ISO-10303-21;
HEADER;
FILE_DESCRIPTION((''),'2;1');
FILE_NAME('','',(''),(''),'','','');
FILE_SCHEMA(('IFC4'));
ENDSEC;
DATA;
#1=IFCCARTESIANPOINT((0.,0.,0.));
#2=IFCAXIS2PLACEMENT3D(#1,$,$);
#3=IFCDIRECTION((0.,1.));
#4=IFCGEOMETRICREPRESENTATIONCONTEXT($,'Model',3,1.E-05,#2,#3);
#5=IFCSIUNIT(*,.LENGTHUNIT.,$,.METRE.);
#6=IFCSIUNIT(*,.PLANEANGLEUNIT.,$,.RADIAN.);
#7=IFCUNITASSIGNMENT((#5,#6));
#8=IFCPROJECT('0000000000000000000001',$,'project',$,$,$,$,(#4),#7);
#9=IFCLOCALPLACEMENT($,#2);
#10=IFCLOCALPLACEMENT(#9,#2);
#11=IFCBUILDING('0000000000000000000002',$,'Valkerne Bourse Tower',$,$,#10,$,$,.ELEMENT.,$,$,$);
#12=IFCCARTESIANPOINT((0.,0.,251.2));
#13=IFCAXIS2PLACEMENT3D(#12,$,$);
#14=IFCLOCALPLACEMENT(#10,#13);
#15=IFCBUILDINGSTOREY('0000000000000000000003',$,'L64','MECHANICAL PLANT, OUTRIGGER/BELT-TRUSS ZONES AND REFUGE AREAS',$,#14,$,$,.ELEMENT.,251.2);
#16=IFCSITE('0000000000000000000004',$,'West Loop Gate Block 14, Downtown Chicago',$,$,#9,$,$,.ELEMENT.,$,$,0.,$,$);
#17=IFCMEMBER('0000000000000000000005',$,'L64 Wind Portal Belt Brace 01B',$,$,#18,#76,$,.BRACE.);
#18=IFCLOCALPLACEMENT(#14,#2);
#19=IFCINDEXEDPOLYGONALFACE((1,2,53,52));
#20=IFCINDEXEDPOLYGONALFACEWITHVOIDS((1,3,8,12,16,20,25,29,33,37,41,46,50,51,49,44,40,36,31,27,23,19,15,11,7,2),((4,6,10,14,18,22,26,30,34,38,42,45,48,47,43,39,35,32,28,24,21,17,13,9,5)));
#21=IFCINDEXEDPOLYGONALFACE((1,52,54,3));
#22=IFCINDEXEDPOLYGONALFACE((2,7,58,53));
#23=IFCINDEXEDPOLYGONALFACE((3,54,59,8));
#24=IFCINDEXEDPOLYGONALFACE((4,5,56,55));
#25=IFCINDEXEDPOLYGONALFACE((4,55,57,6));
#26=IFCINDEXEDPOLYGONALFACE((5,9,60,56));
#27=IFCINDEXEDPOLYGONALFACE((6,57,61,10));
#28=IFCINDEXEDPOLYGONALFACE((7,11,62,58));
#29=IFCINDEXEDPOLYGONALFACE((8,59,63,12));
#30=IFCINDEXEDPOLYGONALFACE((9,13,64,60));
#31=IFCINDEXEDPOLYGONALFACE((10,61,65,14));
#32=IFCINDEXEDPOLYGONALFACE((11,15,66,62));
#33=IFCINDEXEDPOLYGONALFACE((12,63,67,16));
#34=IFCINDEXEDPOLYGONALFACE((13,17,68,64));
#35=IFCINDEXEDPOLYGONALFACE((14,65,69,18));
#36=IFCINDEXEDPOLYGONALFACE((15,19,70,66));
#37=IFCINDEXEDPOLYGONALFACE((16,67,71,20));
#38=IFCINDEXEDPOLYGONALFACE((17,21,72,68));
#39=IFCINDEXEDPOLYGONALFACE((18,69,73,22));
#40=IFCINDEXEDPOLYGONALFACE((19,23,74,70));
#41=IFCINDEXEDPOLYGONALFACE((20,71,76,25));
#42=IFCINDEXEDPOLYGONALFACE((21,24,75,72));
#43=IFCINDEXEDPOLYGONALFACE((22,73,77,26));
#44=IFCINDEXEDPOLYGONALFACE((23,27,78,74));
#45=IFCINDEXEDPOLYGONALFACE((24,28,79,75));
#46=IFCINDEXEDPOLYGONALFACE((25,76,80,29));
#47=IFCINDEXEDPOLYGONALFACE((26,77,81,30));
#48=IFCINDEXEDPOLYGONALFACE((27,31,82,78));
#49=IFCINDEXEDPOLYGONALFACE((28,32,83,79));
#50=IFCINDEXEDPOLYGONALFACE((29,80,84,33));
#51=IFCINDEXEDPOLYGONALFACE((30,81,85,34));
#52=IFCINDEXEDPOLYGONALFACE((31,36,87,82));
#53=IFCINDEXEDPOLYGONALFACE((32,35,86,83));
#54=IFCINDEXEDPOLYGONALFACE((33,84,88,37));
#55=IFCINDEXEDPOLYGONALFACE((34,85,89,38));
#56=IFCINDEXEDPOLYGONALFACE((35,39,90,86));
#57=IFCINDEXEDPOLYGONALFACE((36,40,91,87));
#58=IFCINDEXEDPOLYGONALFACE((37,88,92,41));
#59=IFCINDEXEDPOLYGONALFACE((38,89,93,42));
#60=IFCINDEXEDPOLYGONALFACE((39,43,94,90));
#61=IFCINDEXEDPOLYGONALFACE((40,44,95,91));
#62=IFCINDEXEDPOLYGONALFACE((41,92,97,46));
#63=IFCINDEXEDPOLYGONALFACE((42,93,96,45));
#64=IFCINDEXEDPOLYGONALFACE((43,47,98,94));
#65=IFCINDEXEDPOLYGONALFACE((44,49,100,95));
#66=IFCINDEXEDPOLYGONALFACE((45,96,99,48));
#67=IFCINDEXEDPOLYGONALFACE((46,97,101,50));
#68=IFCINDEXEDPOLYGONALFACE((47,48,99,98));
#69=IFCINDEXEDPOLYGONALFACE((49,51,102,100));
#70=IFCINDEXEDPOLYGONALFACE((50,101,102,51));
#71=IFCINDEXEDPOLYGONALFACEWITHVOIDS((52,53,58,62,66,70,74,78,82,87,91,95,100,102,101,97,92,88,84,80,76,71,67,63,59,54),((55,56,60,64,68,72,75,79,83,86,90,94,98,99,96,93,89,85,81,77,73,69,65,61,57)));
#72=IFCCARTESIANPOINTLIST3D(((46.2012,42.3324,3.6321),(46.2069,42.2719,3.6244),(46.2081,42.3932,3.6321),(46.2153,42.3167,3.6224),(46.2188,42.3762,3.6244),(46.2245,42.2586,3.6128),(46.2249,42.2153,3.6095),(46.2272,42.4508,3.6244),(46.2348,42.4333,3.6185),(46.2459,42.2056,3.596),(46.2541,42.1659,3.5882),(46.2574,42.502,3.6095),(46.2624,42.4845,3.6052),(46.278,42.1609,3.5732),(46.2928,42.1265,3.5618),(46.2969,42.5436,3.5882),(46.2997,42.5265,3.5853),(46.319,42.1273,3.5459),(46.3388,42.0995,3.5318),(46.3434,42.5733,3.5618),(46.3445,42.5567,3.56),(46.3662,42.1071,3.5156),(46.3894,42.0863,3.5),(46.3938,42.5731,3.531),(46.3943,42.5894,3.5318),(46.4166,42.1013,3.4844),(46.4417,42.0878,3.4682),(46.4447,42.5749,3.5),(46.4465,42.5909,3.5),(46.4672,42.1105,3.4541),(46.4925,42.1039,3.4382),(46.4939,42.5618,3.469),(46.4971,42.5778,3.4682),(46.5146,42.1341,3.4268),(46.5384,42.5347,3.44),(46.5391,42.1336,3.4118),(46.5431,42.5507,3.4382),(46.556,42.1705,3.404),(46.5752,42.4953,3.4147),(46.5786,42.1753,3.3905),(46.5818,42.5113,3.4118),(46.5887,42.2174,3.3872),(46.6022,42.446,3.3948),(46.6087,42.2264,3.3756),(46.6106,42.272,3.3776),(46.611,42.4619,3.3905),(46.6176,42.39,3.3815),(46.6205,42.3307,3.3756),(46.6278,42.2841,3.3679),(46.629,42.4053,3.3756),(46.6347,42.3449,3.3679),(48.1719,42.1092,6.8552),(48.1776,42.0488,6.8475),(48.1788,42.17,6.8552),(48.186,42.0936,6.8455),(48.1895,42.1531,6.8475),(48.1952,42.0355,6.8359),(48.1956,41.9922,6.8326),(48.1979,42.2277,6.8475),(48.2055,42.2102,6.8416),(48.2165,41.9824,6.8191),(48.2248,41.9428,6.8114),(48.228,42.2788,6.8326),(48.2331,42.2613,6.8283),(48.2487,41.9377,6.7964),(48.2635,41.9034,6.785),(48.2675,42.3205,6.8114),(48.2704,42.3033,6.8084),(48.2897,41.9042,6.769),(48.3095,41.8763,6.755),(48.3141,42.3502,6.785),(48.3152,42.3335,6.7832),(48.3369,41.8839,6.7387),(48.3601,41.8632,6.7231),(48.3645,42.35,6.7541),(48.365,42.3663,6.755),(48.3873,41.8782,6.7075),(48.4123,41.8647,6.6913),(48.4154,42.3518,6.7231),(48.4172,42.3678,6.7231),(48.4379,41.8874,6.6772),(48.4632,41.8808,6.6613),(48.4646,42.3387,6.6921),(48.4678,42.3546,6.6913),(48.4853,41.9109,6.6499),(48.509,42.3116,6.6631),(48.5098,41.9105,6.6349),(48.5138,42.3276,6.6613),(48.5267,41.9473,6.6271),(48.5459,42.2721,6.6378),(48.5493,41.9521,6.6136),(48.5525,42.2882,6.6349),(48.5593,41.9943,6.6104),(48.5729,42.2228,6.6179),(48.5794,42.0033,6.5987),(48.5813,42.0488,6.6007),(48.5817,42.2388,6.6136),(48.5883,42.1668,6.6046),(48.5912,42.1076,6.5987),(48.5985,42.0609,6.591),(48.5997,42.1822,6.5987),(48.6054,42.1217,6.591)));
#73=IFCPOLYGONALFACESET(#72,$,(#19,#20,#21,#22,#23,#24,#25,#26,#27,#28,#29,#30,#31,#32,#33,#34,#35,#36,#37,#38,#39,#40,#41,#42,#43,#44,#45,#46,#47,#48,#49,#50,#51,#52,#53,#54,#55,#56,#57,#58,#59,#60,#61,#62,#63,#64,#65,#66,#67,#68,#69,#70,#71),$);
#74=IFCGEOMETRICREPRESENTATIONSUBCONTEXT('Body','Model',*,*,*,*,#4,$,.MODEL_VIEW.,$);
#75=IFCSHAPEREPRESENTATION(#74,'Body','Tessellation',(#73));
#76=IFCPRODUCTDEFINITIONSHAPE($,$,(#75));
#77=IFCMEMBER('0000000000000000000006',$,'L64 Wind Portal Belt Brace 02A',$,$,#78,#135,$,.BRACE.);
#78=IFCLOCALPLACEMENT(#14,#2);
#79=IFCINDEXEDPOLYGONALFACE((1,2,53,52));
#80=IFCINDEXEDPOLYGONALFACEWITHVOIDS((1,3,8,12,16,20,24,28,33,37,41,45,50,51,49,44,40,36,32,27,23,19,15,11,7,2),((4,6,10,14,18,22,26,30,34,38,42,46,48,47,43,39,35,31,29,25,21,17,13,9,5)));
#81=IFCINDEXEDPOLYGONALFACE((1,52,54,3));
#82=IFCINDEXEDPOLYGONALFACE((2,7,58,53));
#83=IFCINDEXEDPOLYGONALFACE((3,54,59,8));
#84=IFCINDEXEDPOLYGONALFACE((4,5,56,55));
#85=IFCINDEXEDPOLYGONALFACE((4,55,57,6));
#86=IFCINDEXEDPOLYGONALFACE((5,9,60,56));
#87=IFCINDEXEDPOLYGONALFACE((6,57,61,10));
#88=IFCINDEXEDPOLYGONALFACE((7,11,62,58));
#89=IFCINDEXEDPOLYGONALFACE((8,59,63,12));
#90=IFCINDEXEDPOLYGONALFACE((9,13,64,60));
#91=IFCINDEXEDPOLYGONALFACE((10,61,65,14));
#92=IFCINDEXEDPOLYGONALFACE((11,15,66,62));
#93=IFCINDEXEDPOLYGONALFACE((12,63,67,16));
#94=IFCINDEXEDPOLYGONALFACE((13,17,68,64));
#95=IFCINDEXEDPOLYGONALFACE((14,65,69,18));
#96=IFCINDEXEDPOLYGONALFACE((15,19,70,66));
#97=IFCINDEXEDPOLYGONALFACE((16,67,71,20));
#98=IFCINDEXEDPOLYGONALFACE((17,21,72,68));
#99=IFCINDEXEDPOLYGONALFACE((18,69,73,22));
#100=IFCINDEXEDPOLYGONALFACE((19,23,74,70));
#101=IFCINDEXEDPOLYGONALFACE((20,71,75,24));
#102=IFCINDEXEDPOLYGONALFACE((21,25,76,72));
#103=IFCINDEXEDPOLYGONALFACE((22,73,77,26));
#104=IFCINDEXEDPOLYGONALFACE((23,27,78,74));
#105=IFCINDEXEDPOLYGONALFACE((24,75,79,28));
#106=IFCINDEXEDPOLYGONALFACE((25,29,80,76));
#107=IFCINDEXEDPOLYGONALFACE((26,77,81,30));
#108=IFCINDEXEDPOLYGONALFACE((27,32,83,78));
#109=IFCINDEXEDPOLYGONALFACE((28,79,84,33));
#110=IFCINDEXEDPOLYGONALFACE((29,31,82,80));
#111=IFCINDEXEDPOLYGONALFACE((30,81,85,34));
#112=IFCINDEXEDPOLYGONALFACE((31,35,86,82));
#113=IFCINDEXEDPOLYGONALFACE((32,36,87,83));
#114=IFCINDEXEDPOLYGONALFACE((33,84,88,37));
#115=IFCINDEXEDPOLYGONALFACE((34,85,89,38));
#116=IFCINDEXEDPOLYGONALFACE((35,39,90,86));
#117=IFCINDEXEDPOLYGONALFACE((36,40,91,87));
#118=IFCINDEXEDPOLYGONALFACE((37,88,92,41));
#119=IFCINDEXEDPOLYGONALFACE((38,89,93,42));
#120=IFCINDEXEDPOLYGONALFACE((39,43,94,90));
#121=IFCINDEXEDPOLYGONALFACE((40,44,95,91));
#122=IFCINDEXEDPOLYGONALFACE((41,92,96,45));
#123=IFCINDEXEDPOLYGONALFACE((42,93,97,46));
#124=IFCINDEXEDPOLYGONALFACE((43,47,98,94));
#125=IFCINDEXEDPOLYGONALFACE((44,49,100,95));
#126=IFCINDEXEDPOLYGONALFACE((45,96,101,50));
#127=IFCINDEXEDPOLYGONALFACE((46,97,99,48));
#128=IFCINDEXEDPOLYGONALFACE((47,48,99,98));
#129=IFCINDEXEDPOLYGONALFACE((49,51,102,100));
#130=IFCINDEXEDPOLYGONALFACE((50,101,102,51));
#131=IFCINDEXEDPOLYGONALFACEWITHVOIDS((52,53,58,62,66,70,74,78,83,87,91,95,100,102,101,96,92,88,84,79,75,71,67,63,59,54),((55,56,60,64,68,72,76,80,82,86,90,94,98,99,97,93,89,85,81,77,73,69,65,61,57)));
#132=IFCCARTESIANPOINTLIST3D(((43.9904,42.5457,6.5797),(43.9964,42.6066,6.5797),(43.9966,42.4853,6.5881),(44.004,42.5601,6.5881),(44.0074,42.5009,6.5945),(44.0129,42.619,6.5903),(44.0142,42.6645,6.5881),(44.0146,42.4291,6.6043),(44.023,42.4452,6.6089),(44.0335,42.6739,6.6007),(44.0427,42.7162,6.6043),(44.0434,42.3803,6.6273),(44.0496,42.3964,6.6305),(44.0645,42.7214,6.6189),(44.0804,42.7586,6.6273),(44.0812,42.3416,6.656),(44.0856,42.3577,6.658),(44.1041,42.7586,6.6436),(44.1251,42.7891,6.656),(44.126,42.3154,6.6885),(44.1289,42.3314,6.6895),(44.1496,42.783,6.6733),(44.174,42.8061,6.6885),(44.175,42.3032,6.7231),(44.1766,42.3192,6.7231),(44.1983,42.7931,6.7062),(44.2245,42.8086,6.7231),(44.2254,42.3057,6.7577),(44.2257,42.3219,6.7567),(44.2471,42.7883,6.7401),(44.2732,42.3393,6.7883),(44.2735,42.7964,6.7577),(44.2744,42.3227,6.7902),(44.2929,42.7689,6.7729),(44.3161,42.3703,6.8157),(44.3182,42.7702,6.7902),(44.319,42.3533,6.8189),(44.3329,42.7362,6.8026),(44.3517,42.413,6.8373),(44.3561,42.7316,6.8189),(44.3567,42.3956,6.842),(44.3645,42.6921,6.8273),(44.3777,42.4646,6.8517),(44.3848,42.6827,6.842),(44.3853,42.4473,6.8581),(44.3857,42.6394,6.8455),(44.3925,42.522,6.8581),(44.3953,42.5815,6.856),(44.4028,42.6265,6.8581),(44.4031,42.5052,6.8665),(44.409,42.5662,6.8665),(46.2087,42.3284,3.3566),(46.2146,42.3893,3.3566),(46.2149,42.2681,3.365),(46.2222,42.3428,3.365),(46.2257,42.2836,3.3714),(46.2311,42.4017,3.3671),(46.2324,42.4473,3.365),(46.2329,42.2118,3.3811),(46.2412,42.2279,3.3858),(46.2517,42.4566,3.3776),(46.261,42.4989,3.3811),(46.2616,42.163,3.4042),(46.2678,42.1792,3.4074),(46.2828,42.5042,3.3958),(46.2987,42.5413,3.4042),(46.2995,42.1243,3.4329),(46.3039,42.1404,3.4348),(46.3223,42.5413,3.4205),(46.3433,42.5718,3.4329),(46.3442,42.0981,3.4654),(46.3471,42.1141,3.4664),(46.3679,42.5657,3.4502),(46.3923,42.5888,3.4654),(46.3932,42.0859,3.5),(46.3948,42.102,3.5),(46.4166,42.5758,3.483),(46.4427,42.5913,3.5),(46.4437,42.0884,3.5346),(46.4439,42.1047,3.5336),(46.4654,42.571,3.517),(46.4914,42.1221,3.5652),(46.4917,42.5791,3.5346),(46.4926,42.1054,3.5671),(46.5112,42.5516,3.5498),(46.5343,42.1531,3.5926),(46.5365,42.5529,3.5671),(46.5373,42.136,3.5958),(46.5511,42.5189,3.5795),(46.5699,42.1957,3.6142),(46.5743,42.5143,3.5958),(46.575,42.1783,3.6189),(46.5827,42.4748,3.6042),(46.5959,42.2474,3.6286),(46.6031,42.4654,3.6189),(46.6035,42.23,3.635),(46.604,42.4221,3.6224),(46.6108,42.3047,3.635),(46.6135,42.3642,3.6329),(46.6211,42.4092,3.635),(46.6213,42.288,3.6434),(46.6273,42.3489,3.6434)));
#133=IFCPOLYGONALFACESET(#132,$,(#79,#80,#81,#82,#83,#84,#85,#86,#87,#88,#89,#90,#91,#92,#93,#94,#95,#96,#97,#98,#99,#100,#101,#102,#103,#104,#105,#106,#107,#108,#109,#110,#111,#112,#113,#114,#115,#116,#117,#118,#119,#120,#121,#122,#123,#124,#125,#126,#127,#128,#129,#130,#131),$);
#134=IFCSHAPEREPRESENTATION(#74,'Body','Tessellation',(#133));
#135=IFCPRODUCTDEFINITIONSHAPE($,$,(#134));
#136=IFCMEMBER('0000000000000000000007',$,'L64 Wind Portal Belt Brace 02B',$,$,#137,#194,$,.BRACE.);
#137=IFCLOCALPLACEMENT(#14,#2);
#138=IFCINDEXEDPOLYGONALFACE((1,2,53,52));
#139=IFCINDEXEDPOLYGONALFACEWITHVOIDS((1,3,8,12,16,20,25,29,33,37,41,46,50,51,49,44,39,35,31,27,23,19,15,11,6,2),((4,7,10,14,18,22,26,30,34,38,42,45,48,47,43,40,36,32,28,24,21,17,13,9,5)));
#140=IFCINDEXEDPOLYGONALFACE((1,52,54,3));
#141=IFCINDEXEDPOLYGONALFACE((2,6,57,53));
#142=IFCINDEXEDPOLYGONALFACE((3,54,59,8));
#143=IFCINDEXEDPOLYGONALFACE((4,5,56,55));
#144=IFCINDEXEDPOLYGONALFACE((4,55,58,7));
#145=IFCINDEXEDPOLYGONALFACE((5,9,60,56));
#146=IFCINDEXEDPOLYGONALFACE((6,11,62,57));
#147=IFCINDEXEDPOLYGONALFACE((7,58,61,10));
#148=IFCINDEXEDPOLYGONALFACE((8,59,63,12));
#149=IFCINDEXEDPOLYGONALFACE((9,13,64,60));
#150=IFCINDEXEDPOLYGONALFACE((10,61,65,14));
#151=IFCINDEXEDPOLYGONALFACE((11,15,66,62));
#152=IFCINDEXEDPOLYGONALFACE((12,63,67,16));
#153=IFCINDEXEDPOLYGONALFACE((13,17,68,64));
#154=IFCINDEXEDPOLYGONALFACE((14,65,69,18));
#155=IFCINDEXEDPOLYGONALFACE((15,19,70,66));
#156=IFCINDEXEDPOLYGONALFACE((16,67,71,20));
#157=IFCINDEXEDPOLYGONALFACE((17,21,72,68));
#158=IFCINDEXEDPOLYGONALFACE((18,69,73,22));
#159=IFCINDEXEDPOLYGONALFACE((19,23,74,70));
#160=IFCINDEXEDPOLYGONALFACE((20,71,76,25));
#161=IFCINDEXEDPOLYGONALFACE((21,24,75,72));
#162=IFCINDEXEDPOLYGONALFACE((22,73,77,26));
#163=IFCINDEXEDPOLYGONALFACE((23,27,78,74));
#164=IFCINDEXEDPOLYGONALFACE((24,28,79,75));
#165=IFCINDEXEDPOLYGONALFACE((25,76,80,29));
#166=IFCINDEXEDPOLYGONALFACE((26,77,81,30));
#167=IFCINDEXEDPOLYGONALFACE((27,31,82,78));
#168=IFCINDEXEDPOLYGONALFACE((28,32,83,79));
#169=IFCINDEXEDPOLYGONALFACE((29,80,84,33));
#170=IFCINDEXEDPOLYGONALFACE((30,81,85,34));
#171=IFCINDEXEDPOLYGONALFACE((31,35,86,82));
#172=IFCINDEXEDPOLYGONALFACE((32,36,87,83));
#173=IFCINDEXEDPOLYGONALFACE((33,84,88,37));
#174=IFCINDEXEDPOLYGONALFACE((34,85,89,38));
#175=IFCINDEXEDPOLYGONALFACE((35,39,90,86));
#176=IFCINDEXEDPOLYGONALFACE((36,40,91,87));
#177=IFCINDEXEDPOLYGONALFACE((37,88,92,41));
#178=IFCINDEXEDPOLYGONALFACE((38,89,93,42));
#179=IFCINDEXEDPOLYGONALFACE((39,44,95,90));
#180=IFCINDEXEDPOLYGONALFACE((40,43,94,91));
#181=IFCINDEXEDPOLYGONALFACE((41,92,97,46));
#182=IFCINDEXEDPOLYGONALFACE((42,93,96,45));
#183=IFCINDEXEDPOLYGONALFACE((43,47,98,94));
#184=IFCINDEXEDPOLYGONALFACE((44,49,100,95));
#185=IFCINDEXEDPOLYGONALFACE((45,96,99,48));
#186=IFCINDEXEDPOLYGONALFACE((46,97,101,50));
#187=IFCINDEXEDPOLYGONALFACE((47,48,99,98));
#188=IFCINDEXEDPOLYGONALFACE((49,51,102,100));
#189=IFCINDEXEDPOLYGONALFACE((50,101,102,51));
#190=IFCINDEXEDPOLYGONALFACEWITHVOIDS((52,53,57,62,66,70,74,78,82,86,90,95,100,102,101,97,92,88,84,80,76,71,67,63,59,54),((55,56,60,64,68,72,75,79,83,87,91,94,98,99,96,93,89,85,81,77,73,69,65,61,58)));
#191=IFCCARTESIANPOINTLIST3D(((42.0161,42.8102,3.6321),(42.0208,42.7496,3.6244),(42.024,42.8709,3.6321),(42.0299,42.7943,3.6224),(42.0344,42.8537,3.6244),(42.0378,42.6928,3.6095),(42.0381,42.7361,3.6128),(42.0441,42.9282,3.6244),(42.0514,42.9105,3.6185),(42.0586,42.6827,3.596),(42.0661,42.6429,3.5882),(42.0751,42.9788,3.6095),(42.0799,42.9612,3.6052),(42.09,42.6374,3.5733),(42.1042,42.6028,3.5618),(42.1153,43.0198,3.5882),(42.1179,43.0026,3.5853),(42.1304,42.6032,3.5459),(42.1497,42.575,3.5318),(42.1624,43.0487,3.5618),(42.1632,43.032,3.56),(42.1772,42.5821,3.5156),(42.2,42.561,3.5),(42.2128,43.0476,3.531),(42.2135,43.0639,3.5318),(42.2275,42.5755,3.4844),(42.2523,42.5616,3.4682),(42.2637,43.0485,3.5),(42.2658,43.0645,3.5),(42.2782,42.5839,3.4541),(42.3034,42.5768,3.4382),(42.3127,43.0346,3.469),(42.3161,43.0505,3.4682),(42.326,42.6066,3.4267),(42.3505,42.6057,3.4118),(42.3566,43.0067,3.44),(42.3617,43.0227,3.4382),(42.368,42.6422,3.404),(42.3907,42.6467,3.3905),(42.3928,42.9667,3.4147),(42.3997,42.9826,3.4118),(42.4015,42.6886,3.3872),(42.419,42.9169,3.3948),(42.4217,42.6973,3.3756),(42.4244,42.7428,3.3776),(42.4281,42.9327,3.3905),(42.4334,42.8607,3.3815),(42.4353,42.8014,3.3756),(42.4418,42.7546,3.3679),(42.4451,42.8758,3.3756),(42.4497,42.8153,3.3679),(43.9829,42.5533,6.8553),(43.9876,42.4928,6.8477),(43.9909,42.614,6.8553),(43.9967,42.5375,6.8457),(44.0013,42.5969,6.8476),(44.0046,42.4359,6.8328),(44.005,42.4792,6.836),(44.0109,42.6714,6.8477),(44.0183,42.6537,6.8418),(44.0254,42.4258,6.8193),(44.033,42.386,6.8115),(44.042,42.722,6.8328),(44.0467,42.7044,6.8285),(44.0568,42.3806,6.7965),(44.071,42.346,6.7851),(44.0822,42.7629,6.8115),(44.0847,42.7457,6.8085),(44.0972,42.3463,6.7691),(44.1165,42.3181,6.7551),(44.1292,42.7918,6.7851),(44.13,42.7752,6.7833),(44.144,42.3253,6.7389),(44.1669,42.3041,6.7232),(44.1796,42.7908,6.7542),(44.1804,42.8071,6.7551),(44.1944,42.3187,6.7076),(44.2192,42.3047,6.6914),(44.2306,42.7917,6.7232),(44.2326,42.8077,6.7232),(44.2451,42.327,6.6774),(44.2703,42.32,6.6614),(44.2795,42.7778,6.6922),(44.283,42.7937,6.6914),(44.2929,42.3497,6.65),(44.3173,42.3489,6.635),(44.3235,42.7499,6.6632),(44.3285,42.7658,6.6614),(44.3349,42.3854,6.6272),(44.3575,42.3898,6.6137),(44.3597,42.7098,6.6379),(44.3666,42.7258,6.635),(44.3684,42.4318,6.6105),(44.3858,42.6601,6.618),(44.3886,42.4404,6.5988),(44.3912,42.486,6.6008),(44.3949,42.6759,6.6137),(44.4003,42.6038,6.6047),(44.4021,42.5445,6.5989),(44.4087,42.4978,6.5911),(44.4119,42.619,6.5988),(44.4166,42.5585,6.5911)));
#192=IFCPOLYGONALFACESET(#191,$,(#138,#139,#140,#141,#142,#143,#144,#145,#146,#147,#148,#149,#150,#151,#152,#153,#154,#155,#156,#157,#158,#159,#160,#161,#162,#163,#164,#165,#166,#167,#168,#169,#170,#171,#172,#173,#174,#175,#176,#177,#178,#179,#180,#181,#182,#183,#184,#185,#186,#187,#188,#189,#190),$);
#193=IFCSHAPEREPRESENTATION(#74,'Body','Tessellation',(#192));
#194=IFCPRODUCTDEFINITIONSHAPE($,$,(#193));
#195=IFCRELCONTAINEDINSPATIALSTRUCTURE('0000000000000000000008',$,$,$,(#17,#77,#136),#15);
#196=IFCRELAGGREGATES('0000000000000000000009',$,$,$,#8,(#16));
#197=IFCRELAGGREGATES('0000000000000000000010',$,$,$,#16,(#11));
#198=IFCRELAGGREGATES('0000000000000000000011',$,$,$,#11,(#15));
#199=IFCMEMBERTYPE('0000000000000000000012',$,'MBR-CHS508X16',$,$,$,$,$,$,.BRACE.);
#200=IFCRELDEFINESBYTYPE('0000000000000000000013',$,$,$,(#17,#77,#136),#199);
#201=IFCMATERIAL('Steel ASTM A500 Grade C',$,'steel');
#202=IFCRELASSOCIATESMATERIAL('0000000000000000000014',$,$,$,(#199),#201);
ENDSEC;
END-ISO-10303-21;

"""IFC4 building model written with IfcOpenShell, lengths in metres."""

from ifc_helpers import new_model, si_unit, direction, frame, origin, origin_2d, place, context, subcontext, project, spatial, hollow_circle, extrude, material, material_profile, profile_set, type_object, element, save


model = new_model("IFC4")

# Units and contexts
model_context = context("Model", 3, precision=1e-05, world=origin(), true_north=direction((0.0, 1.0)))
body_context = subcontext(model_context, "Body", "Model", "MODEL_VIEW")
ifc_project = project(units=[si_unit("LENGTHUNIT", "METRE"), si_unit("PLANEANGLEUNIT", "RADIAN")], contexts=[model_context])

# Site, building, storey
site_placement = place(None, origin())
site = spatial("IfcSite", under=ifc_project, at=site_placement, Name="West Loop Gate Block 14, Downtown Chicago", CompositionType="ELEMENT", RefElevation=0.0)
building_placement = place(site_placement, origin())
building = spatial("IfcBuilding", under=site, at=building_placement, Name="Valkerne Bourse Tower", CompositionType="ELEMENT")
storey_placement = place(building_placement, frame((0.0, 0.0, 251.2)))
storey = spatial("IfcBuildingStorey", under=building, at=storey_placement, Name="L64", Description="MECHANICAL PLANT, OUTRIGGER/BELT-TRUSS ZONES AND REFUGE AREAS", CompositionType="ELEMENT", Elevation=251.2)

# Members
ifc_material_1 = material(Name="Steel ASTM A500 Grade C", Category="steel")
ifc_material_profile_1 = material_profile(ifc_material_1, hollow_circle(Radius=0.2539, WallThickness=0.0161, at=origin_2d()), Name="CHS508X16")
ifc_profile_set_1 = profile_set([ifc_material_profile_1], Name="Steel ASTM A500 Grade C")
member_type_1 = type_object("IfcMemberType", Name="MBR-CHS508X16", PredefinedType="BRACE", material=ifc_profile_set_1)
member_1_placement = place(storey_placement, frame((46.418, 42.3386, 3.5), z_axis=(0.520736, -0.058963, 0.851679), x_axis=(0.112512, 0.99365, 0.0)))
element("IfcMember", 1, at=member_1_placement, inside=storey, type_object=member_type_1, Name="L64 Wind Portal Belt Brace 01B", PredefinedType="BRACE", context=body_context, shape_type="SweptSolid", body=[
    extrude(hollow_circle(Radius=0.2539, WallThickness=0.0161, at=origin_2d()), origin(), (0.0, 0.0, 1.0), 3.7844),
])
member_2_placement = place(storey_placement, frame((46.418, 42.3386, 3.5), z_axis=(-0.566064, 0.055448, 0.822494), x_axis=(-0.097486, -0.995237, 0.0)))
element("IfcMember", 2, at=member_2_placement, inside=storey, type_object=member_type_1, Name="L64 Wind Portal Belt Brace 02A", PredefinedType="BRACE", context=body_context, shape_type="SweptSolid", body=[
    extrude(hollow_circle(Radius=0.2539, WallThickness=0.0161, at=origin_2d()), origin(), (0.0, 0.0, 1.0), 3.9187),
])
member_3_placement = place(storey_placement, frame((42.2329, 42.8127, 3.5), z_axis=(0.519689, -0.067864, 0.851656), x_axis=(0.129487, 0.991581, 0.0)))
element("IfcMember", 3, at=member_3_placement, inside=storey, type_object=member_type_1, Name="L64 Wind Portal Belt Brace 02B", PredefinedType="BRACE", context=body_context, shape_type="SweptSolid", body=[
    extrude(hollow_circle(Radius=0.2539, WallThickness=0.0161, at=origin_2d()), origin(), (0.0, 0.0, 1.0), 3.7847),
])

save(model, "model.ifc")
